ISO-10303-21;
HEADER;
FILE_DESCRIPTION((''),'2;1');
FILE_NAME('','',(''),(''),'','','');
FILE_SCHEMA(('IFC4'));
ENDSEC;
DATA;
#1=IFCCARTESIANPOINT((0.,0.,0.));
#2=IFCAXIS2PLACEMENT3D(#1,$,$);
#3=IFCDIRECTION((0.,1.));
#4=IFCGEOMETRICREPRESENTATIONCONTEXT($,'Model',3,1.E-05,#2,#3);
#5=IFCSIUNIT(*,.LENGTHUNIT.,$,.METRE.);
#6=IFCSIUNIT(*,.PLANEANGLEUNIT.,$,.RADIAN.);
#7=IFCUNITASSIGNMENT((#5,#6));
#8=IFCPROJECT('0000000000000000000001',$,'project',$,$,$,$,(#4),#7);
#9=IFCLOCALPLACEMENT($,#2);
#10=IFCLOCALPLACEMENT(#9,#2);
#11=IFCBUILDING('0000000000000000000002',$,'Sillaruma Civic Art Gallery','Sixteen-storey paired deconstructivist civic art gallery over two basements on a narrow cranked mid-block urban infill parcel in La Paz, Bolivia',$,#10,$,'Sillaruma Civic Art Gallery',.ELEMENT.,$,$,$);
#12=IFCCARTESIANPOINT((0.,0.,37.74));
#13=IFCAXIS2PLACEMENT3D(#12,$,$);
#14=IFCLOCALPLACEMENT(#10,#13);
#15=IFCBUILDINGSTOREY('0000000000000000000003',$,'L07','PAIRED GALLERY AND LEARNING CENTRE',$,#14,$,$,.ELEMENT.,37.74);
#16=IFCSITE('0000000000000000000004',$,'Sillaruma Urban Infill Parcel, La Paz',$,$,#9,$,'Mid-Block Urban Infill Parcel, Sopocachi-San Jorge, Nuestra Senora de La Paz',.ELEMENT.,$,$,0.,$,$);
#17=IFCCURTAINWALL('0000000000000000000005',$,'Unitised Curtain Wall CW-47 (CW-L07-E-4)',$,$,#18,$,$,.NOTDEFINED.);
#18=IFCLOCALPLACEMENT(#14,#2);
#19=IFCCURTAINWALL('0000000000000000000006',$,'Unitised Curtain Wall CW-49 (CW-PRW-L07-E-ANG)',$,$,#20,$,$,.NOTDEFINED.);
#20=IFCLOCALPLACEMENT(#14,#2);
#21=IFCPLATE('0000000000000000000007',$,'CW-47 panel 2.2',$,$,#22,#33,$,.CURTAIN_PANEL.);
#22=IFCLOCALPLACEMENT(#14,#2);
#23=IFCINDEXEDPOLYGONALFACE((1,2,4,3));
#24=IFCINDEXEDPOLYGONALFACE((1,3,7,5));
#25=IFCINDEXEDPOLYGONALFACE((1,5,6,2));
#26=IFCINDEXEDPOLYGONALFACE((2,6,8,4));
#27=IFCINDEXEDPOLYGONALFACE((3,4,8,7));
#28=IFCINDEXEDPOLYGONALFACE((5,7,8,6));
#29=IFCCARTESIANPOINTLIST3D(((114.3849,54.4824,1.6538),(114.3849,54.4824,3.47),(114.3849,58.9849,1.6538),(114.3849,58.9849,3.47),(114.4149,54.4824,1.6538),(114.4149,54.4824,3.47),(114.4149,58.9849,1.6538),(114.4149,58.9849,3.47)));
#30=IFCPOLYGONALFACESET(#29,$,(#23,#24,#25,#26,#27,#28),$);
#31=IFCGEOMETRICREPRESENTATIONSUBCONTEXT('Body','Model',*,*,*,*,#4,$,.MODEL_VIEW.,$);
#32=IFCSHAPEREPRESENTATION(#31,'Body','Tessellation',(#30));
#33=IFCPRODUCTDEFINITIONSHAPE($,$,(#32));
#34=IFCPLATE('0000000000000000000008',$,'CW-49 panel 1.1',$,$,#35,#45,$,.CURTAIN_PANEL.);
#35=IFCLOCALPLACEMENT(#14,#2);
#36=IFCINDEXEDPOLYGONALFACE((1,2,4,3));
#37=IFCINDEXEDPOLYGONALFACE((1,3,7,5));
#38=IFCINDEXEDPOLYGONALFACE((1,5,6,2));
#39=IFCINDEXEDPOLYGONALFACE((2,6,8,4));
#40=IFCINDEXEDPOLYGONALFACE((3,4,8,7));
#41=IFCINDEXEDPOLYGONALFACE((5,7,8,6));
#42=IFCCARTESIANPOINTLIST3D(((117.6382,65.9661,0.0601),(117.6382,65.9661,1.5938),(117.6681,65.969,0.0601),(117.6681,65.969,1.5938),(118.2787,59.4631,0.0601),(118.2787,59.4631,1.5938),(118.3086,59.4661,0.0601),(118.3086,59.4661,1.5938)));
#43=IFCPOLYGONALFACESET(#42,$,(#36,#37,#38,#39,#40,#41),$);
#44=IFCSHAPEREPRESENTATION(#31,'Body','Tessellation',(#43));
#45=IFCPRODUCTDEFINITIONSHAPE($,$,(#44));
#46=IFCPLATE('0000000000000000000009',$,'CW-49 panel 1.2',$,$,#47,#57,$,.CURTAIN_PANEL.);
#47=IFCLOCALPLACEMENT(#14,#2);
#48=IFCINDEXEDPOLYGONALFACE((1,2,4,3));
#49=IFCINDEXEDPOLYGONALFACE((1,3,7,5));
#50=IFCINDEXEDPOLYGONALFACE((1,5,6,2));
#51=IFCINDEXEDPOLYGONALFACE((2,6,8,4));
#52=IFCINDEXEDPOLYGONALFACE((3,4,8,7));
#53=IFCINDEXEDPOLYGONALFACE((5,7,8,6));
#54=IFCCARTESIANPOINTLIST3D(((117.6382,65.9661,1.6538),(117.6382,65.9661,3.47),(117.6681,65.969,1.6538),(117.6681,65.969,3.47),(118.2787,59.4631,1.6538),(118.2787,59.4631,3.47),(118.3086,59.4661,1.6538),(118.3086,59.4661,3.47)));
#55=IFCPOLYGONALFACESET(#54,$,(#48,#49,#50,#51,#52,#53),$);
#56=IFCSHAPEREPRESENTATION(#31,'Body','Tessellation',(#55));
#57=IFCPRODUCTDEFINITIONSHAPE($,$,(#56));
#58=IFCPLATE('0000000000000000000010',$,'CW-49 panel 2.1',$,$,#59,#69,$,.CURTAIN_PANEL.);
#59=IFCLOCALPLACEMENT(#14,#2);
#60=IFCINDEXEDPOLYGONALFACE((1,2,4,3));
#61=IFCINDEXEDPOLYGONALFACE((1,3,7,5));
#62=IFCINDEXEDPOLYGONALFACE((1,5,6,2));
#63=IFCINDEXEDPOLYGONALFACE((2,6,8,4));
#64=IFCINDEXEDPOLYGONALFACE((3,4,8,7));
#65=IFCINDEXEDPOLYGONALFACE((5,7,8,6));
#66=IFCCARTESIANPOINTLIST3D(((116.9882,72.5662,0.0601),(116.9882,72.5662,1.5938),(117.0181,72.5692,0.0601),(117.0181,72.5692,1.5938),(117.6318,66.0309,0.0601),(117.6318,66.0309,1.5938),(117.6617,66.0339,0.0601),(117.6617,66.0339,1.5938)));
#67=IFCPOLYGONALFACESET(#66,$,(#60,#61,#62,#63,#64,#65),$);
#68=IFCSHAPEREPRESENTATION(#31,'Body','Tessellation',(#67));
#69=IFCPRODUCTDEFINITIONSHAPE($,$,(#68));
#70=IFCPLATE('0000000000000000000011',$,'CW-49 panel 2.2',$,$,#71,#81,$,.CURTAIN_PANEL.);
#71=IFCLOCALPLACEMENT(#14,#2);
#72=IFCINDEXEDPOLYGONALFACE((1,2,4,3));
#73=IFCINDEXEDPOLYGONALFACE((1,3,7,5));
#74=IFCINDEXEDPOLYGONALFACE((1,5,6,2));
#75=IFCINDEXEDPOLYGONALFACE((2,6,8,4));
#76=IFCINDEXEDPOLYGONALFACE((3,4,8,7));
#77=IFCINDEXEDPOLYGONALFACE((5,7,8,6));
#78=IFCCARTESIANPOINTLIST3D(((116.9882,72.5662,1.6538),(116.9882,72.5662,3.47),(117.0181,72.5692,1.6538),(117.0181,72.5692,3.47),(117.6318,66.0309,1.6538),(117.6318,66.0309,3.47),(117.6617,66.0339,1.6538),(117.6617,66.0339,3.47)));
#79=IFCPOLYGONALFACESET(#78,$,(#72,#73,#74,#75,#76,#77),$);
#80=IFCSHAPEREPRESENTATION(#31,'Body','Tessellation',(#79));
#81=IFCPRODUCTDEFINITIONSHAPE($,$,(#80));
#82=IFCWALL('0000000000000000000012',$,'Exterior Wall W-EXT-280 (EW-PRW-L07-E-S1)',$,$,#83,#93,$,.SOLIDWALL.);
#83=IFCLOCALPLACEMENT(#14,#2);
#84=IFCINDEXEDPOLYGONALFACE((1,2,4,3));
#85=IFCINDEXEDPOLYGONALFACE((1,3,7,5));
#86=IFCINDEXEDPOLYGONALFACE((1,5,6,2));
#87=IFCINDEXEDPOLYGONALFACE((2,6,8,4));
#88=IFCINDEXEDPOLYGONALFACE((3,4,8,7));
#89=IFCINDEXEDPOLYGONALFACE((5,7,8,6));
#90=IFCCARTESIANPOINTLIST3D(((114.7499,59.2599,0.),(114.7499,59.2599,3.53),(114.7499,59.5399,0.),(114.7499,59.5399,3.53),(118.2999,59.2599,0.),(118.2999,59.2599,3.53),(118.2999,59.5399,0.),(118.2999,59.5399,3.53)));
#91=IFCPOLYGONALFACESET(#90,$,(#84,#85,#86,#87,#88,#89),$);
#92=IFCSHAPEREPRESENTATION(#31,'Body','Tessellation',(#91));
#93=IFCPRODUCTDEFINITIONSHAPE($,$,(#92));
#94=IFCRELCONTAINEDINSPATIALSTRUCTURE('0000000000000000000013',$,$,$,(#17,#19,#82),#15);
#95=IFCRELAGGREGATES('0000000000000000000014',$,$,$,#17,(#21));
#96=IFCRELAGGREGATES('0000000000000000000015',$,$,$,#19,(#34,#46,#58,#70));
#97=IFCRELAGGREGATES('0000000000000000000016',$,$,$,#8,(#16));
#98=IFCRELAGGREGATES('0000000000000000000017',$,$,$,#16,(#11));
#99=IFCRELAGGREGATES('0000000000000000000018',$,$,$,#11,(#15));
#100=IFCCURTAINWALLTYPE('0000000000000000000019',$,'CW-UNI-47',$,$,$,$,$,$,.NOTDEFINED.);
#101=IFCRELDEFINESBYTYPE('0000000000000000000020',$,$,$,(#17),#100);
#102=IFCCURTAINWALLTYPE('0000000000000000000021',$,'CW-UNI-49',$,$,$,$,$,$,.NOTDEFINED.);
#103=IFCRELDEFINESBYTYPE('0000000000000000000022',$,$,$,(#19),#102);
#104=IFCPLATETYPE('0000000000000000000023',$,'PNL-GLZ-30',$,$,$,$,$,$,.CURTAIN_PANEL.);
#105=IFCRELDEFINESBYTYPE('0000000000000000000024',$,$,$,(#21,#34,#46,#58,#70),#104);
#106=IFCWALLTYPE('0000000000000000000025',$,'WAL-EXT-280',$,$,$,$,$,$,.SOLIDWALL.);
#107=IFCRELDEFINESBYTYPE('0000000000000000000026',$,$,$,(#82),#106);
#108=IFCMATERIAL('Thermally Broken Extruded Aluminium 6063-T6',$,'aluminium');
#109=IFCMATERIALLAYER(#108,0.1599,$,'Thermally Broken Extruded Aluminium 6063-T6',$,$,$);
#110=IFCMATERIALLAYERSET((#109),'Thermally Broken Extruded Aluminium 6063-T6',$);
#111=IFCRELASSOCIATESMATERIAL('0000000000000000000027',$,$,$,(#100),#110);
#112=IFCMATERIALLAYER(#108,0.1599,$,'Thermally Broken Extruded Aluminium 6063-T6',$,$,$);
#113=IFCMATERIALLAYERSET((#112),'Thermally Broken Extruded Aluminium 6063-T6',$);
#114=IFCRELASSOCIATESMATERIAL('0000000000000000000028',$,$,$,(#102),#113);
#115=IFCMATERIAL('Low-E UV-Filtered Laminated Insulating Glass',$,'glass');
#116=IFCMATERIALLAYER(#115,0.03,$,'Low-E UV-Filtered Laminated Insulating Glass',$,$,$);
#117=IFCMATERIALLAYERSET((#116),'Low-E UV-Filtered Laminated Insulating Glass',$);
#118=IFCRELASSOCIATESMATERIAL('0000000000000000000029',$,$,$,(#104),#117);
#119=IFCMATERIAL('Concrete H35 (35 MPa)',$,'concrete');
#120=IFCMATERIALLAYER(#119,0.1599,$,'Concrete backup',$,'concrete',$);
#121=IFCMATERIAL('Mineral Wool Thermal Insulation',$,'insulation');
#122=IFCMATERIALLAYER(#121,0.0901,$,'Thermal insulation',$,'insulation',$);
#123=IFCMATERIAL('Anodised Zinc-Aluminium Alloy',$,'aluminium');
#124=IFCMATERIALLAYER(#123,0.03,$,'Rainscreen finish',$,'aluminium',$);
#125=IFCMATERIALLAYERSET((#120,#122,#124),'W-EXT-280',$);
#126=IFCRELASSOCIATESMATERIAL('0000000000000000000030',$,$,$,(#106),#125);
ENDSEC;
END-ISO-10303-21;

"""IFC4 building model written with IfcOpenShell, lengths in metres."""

from ifc_helpers import new_model, si_unit, direction, frame, frame_2d, origin, origin_2d, place, context, subcontext, project, spatial, rectangle, extrude, material, layer, layer_set, type_object, element, aggregate, save


model = new_model("IFC4")

# Units and contexts
model_context = context("Model", 3, precision=1e-05, world=origin(), true_north=direction((0.0, 1.0)))
body_context = subcontext(model_context, "Body", "Model", "MODEL_VIEW")
ifc_project = project(units=[si_unit("LENGTHUNIT", "METRE"), si_unit("PLANEANGLEUNIT", "RADIAN")], contexts=[model_context])

# Site, building, storey
site_placement = place(None, origin())
site = spatial("IfcSite", under=ifc_project, at=site_placement, Name="Sillaruma Urban Infill Parcel, La Paz", LongName="Mid-Block Urban Infill Parcel, Sopocachi-San Jorge, Nuestra Senora de La Paz", CompositionType="ELEMENT", RefElevation=0.0)
building_placement = place(site_placement, origin())
building = spatial("IfcBuilding", under=site, at=building_placement, Name="Sillaruma Civic Art Gallery", Description="Sixteen-storey paired deconstructivist civic art gallery over two basements on a narrow cranked mid-block urban infill parcel in La Paz, Bolivia", LongName="Sillaruma Civic Art Gallery", CompositionType="ELEMENT")
storey_placement = place(building_placement, frame((0.0, 0.0, 37.74)))
storey = spatial("IfcBuildingStorey", under=building, at=storey_placement, Name="L07", Description="PAIRED GALLERY AND LEARNING CENTRE", CompositionType="ELEMENT", Elevation=37.74)

# Shared definitions
ifc_material_1 = material(Name="Concrete H35 (35 MPa)", Category="concrete")

# Curtain walls
ifc_material_2 = material(Name="Thermally Broken Extruded Aluminium 6063-T6", Category="aluminium")
ifc_layer_1 = layer(ifc_material_2, 0.1599, Name="Thermally Broken Extruded Aluminium 6063-T6")
ifc_layer_set_1 = layer_set([ifc_layer_1], Name="Thermally Broken Extruded Aluminium 6063-T6")
curtain_wall_type_1 = type_object("IfcCurtainWallType", Name="CW-UNI-47", PredefinedType="NOTDEFINED", material=ifc_layer_set_1)
curtain_wall_1_placement = place(storey_placement, origin())
curtain_wall_1 = element("IfcCurtainWall", 1, at=curtain_wall_1_placement, inside=storey, type_object=curtain_wall_type_1, Name="Unitised Curtain Wall CW-47 (CW-L07-E-4)", PredefinedType="NOTDEFINED")
ifc_layer_2 = layer(ifc_material_2, 0.1599, Name="Thermally Broken Extruded Aluminium 6063-T6")
ifc_layer_set_2 = layer_set([ifc_layer_2], Name="Thermally Broken Extruded Aluminium 6063-T6")
curtain_wall_type_2 = type_object("IfcCurtainWallType", Name="CW-UNI-49", PredefinedType="NOTDEFINED", material=ifc_layer_set_2)
curtain_wall_2_placement = place(storey_placement, origin())
curtain_wall_2 = element("IfcCurtainWall", 2, at=curtain_wall_2_placement, inside=storey, type_object=curtain_wall_type_2, Name="Unitised Curtain Wall CW-49 (CW-PRW-L07-E-ANG)", PredefinedType="NOTDEFINED")

# Shared definitions
ifc_material_3 = material(Name="Anodised Zinc-Aluminium Alloy", Category="aluminium")

# Plates
ifc_material_4 = material(Name="Low-E UV-Filtered Laminated Insulating Glass", Category="glass")
ifc_layer_3 = layer(ifc_material_4, 0.03, Name="Low-E UV-Filtered Laminated Insulating Glass")
ifc_layer_set_3 = layer_set([ifc_layer_3], Name="Low-E UV-Filtered Laminated Insulating Glass")
plate_type_1 = type_object("IfcPlateType", Name="PNL-GLZ-30", PredefinedType="CURTAIN_PANEL", material=ifc_layer_set_3)
plate_1_placement = place(storey_placement, frame((114.3999, 56.7336, 1.6538), z_axis=(0.0, 0.0, 1.0), x_axis=(0.0, 1.0, 0.0)))
plate_1 = element("IfcPlate", 3, at=plate_1_placement, type_object=plate_type_1, Name="CW-47 panel 2.2", PredefinedType="CURTAIN_PANEL", context=body_context, shape_type="SweptSolid", body=[
    extrude(rectangle(XDim=4.5024, YDim=0.03, at=origin_2d()), origin(), (0.0, 0.0, 1.0), 1.8162),
])
aggregate(curtain_wall_1, [plate_1])
plate_2_placement = place(storey_placement, frame((117.9734, 62.7161, 0.0601), z_axis=(0.0, 0.0, 1.0), x_axis=(-0.098011, 0.995185, 0.0)))
plate_2 = element("IfcPlate", 4, at=plate_2_placement, type_object=plate_type_1, Name="CW-49 panel 1.1", PredefinedType="CURTAIN_PANEL", context=body_context, shape_type="SweptSolid", body=[
    extrude(rectangle(XDim=6.5344, YDim=0.03, at=origin_2d()), origin(), (0.0, 0.0, 1.0), 1.5337),
])
plate_3_placement = place(storey_placement, frame((117.9734, 62.7161, 1.6538), z_axis=(0.0, 0.0, 1.0), x_axis=(-0.098011, 0.995185, 0.0)))
plate_3 = element("IfcPlate", 5, at=plate_3_placement, type_object=plate_type_1, Name="CW-49 panel 1.2", PredefinedType="CURTAIN_PANEL", context=body_context, shape_type="SweptSolid", body=[
    extrude(rectangle(XDim=6.5344, YDim=0.03, at=origin_2d()), origin(), (0.0, 0.0, 1.0), 1.8162),
])
plate_4_placement = place(storey_placement, frame((117.325, 69.3, 0.0601), z_axis=(0.0, 0.0, 1.0), x_axis=(-0.098011, 0.995185, 0.0)))
plate_4 = element("IfcPlate", 6, at=plate_4_placement, type_object=plate_type_1, Name="CW-49 panel 2.1", PredefinedType="CURTAIN_PANEL", context=body_context, shape_type="SweptSolid", body=[
    extrude(rectangle(XDim=6.5669, YDim=0.03, at=origin_2d()), origin(), (0.0, 0.0, 1.0), 1.5337),
])
plate_5_placement = place(storey_placement, frame((117.325, 69.3, 1.6538), z_axis=(0.0, 0.0, 1.0), x_axis=(-0.098011, 0.995185, 0.0)))
plate_5 = element("IfcPlate", 7, at=plate_5_placement, type_object=plate_type_1, Name="CW-49 panel 2.2", PredefinedType="CURTAIN_PANEL", context=body_context, shape_type="SweptSolid", body=[
    extrude(rectangle(XDim=6.5669, YDim=0.03, at=origin_2d()), origin(), (0.0, 0.0, 1.0), 1.8162),
])
aggregate(curtain_wall_2, [plate_2, plate_3, plate_4, plate_5])

# Wall
ifc_layer_4 = layer(ifc_material_1, 0.1599, Name="Concrete backup", Category="concrete")
ifc_material_5 = material(Name="Mineral Wool Thermal Insulation", Category="insulation")
ifc_layer_5 = layer(ifc_material_5, 0.0901, Name="Thermal insulation", Category="insulation")
ifc_layer_6 = layer(ifc_material_3, 0.03, Name="Rainscreen finish", Category="aluminium")
ifc_layer_set_4 = layer_set([ifc_layer_4, ifc_layer_5, ifc_layer_6], Name="W-EXT-280")
wall_type = type_object("IfcWallType", Name="WAL-EXT-280", PredefinedType="SOLIDWALL", material=ifc_layer_set_4)
wall_placement = place(storey_placement, frame((114.75, 59.3999, 0.0), z_axis=(0.0, 0.0, 1.0), x_axis=(1.0, 0.0, 0.0)))
element("IfcWall", 8, at=wall_placement, inside=storey, type_object=wall_type, Name="Exterior Wall W-EXT-280 (EW-PRW-L07-E-S1)", PredefinedType="SOLIDWALL", context=body_context, shape_type="SweptSolid", body=[
    extrude(rectangle(XDim=3.55, YDim=0.28, at=frame_2d((1.7749, 0.0))), origin(), (0.0, 0.0, 1.0), 3.53),
])

save(model, "model.ifc")
